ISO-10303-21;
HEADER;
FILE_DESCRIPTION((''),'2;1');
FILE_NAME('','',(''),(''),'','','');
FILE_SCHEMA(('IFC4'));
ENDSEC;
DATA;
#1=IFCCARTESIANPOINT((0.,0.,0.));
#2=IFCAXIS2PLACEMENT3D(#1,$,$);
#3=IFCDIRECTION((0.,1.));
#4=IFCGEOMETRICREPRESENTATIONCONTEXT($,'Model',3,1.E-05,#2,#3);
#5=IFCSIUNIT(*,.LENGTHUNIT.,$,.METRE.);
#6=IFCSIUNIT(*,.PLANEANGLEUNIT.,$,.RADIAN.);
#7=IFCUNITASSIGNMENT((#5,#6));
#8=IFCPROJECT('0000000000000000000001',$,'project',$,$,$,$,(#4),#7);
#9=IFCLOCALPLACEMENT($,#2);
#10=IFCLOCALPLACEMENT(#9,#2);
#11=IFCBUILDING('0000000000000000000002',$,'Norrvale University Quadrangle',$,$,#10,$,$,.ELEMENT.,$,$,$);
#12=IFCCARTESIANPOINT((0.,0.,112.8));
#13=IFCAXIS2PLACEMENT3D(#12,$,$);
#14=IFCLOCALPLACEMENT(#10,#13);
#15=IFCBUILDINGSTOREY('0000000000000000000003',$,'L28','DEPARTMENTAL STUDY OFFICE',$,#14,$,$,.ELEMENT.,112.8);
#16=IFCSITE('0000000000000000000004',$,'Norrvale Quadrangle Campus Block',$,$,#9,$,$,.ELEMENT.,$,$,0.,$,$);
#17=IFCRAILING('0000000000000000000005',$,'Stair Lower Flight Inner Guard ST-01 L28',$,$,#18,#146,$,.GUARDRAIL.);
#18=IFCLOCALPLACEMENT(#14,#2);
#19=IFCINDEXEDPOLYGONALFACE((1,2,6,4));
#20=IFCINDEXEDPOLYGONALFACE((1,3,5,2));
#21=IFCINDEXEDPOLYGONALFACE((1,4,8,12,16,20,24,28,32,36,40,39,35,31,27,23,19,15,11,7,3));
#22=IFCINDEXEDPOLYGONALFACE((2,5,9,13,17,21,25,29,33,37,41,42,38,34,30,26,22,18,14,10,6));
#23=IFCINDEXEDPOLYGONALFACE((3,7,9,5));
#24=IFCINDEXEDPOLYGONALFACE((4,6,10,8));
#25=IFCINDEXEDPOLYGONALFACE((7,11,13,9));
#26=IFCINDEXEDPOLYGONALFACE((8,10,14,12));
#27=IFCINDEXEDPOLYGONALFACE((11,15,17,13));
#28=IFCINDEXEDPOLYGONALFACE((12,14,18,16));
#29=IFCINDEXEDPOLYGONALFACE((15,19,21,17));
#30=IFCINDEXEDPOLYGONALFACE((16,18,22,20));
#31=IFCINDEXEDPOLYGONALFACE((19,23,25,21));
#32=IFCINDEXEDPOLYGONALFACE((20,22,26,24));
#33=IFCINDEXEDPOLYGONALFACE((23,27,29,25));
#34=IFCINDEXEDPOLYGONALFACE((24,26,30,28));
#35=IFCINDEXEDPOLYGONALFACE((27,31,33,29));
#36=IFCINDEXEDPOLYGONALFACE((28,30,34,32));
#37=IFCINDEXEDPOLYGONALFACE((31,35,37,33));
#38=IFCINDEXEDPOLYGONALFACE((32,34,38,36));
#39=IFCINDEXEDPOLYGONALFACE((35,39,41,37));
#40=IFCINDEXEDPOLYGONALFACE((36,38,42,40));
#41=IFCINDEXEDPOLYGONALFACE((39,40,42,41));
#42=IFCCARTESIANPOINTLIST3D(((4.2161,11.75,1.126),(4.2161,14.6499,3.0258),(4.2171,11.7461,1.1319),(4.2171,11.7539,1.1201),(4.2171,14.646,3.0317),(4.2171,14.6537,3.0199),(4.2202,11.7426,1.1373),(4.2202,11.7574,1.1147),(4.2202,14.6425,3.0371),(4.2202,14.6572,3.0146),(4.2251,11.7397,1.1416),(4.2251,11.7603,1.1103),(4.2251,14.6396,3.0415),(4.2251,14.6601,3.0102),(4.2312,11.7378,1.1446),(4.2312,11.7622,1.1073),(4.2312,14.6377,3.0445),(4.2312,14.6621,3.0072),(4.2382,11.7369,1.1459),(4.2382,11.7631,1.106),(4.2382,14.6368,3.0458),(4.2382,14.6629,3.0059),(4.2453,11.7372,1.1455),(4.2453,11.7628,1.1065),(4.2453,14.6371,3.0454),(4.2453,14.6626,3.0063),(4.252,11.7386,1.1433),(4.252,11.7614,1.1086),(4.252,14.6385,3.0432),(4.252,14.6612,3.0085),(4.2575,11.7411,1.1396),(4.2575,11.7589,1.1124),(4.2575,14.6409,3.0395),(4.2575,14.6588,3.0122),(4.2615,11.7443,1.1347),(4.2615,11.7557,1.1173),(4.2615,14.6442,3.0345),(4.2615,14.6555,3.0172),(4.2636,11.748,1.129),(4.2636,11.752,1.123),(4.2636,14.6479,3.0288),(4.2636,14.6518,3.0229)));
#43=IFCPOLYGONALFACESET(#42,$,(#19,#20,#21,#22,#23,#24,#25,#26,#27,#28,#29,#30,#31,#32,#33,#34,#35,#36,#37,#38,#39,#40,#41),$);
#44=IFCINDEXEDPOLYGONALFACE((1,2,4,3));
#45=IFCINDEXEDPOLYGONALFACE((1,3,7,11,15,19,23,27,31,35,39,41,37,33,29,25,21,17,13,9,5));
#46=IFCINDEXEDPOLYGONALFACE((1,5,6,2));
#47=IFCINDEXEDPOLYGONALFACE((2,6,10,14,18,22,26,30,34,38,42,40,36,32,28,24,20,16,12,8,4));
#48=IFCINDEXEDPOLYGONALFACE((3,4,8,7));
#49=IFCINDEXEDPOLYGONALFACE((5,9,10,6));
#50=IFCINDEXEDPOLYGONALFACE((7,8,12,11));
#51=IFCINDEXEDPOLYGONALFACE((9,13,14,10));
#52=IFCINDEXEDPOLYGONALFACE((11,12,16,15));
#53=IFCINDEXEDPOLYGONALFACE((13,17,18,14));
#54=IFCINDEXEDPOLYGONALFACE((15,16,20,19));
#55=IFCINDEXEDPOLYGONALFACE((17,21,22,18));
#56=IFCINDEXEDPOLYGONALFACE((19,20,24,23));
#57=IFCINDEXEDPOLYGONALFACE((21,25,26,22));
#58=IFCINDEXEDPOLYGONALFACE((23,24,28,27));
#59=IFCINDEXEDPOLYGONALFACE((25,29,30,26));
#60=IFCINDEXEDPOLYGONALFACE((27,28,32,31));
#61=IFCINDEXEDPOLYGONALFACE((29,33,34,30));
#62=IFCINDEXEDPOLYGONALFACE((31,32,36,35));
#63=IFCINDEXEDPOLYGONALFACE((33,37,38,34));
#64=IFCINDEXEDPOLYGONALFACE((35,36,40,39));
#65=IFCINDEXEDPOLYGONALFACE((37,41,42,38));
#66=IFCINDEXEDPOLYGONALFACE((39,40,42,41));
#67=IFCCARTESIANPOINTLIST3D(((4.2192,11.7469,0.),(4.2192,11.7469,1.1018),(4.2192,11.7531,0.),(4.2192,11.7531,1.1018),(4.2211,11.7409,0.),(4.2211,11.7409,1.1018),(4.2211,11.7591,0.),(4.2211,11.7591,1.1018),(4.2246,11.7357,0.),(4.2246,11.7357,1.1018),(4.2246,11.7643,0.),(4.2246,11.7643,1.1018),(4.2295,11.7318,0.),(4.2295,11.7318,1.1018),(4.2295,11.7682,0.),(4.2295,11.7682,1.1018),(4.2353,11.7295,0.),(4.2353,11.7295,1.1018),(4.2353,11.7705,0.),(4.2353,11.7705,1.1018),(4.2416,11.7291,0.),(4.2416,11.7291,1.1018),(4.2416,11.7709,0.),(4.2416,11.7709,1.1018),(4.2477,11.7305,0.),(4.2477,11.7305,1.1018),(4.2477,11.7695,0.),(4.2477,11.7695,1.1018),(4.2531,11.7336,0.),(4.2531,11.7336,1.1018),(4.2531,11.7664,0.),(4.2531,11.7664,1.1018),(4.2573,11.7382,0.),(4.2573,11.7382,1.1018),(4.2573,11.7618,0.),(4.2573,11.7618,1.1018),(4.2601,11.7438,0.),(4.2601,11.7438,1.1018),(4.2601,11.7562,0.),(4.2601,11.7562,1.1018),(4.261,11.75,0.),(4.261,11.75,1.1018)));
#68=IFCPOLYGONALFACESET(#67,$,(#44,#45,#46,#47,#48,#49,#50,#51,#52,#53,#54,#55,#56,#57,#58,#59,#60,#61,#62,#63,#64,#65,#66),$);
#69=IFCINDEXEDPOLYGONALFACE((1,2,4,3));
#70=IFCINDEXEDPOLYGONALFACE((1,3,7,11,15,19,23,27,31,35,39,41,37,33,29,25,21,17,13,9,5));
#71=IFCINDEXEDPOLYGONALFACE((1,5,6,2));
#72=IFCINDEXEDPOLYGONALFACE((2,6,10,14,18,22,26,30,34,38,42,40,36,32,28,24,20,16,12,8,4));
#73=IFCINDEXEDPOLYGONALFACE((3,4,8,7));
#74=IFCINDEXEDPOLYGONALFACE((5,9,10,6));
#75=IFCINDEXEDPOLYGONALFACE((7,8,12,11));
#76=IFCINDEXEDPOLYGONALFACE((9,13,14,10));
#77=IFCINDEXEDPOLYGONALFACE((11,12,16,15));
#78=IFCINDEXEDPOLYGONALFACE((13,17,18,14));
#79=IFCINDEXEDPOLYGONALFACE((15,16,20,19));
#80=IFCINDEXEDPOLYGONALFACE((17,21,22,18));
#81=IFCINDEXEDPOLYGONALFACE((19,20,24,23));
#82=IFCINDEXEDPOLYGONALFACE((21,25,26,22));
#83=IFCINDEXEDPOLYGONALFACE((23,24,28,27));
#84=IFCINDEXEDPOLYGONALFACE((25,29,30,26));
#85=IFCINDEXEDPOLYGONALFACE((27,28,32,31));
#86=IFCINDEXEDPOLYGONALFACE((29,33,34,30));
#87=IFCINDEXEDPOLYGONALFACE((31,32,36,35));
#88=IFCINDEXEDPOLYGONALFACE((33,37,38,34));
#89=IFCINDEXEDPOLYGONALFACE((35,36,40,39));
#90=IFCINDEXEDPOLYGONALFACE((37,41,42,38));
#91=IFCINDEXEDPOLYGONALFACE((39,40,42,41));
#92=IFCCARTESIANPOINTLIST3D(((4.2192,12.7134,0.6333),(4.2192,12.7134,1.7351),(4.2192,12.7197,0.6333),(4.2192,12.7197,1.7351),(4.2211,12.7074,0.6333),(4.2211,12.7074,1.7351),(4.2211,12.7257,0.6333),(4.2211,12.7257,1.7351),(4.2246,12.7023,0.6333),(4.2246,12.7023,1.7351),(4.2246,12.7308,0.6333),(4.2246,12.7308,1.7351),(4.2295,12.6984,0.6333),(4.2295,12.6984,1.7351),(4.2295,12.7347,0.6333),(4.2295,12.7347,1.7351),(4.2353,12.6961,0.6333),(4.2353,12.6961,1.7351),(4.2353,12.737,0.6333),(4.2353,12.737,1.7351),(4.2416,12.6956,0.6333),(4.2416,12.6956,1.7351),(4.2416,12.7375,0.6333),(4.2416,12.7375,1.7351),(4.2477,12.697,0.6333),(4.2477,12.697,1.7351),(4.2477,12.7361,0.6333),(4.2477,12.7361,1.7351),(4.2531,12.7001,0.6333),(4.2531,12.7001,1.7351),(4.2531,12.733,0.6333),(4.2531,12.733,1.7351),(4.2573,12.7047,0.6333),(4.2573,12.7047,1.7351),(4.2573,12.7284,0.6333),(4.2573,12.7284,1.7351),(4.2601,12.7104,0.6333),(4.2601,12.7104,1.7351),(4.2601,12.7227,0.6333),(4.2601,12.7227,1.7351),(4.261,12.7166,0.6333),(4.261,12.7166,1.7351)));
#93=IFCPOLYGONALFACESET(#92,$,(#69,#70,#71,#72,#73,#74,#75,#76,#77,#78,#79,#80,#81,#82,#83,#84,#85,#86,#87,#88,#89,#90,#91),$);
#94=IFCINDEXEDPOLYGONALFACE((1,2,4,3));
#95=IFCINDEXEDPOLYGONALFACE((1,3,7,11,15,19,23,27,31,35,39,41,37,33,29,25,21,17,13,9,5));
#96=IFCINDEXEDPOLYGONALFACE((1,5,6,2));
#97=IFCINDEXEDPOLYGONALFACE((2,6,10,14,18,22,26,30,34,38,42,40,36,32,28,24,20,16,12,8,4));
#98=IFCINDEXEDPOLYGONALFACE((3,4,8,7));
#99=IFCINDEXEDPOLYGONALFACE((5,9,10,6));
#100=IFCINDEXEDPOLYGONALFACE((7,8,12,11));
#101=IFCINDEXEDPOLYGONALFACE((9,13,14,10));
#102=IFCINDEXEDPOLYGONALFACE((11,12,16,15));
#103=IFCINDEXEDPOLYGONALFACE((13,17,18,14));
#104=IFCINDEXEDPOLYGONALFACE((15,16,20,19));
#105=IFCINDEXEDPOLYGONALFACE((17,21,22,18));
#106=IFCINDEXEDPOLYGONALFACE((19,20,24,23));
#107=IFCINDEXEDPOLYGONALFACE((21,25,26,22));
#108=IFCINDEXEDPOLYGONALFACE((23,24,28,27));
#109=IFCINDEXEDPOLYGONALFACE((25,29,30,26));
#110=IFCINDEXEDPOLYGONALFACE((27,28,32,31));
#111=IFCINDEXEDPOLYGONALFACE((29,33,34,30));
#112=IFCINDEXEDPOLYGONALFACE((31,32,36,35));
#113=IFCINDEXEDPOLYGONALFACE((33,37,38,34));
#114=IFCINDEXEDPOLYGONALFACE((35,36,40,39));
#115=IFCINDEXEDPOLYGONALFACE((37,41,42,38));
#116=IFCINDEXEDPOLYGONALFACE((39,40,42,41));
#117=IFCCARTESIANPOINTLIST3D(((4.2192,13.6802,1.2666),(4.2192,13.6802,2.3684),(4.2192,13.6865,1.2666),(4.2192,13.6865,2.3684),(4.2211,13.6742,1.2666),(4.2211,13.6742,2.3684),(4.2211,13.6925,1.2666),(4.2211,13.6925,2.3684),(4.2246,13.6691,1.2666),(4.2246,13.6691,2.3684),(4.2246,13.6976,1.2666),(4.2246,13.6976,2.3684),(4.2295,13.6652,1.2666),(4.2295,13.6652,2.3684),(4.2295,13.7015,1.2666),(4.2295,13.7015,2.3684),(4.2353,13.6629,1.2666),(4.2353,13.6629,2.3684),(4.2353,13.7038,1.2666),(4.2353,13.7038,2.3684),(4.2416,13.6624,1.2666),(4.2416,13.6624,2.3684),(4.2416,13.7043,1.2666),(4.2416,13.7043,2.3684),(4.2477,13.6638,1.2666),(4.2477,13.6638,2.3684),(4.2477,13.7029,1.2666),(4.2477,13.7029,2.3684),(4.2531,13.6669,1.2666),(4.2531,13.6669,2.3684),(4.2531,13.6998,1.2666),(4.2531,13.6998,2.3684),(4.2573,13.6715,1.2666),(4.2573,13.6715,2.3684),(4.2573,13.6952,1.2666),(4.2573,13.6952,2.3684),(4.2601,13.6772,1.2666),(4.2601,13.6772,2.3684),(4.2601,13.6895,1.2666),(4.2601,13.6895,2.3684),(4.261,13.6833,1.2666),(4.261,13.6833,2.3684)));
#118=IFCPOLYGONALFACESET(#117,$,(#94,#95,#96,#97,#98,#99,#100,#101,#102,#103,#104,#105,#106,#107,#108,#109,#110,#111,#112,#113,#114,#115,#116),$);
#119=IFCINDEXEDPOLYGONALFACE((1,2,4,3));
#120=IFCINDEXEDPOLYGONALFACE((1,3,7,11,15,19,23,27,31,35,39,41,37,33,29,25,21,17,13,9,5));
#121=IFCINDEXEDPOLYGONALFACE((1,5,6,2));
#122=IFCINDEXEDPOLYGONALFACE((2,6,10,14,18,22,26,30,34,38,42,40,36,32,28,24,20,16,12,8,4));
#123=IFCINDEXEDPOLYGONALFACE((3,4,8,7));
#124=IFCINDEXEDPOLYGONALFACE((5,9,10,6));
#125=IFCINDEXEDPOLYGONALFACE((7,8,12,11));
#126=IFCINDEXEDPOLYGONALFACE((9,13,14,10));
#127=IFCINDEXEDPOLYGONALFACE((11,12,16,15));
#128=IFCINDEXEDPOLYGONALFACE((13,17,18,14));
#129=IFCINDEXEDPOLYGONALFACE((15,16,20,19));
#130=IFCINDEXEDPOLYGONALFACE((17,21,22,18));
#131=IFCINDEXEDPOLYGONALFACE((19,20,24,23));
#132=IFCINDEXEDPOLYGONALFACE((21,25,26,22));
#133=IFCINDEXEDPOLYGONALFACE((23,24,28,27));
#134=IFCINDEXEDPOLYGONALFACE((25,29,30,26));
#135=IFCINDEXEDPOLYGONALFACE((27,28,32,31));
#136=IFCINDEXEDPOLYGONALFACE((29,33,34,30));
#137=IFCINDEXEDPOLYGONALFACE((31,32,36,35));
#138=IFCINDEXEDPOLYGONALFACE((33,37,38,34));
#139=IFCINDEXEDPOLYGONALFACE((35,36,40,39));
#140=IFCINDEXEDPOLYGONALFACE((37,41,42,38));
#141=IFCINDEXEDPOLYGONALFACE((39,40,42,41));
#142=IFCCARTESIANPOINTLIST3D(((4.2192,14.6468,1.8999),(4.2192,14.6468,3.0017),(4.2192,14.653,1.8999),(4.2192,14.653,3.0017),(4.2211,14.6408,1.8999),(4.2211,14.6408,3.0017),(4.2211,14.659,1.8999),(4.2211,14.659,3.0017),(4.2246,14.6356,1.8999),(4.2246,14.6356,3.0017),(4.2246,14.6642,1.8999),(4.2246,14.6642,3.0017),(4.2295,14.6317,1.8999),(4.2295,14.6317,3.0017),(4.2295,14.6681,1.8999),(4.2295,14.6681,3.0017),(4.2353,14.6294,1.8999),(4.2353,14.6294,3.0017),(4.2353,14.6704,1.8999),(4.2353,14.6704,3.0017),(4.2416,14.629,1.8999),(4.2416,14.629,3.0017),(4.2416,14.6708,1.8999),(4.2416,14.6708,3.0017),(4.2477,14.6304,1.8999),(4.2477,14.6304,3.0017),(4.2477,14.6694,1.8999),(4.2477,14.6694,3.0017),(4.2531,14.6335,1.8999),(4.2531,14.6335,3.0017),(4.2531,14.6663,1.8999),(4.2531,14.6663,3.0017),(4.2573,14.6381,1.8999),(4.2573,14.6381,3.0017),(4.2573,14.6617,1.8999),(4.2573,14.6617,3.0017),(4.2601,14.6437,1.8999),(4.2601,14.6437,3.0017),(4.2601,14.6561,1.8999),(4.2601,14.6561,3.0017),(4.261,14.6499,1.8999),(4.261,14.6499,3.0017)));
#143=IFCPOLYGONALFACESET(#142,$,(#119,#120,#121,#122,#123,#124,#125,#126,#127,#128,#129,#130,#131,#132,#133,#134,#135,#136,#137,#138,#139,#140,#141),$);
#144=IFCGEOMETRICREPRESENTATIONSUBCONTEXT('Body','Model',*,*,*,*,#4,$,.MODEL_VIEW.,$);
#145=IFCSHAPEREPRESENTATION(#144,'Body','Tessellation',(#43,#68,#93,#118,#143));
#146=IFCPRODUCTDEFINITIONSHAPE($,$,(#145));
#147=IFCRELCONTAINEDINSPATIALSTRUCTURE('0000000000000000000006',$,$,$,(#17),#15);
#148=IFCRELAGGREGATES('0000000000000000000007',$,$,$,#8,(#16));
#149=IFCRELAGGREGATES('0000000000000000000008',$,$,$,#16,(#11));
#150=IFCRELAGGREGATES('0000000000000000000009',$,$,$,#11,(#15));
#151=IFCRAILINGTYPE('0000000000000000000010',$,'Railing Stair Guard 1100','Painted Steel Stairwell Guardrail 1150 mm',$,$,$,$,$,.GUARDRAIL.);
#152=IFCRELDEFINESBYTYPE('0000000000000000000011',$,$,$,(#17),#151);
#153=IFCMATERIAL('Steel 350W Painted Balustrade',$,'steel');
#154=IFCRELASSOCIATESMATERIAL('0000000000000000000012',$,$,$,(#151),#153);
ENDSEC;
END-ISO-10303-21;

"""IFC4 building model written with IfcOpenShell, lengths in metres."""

from ifc_helpers import new_model, si_unit, direction, frame, origin, origin_2d, place, context, subcontext, project, spatial, circle, extrude, material, type_object, element, save


model = new_model("IFC4")

# Units and contexts
model_context = context("Model", 3, precision=1e-05, world=origin(), true_north=direction((0.0, 1.0)))
body_context = subcontext(model_context, "Body", "Model", "MODEL_VIEW")
ifc_project = project(units=[si_unit("LENGTHUNIT", "METRE"), si_unit("PLANEANGLEUNIT", "RADIAN")], contexts=[model_context])

# Site, building, storey
site_placement = place(None, origin())
site = spatial("IfcSite", under=ifc_project, at=site_placement, Name="Norrvale Quadrangle Campus Block", CompositionType="ELEMENT", RefElevation=0.0)
building_placement = place(site_placement, origin())
building = spatial("IfcBuilding", under=site, at=building_placement, Name="Norrvale University Quadrangle", CompositionType="ELEMENT")
storey_placement = place(building_placement, frame((0.0, 0.0, 112.8)))
storey = spatial("IfcBuildingStorey", under=building, at=storey_placement, Name="L28", Description="DEPARTMENTAL STUDY OFFICE", CompositionType="ELEMENT", Elevation=112.8)

# Railing
ifc_material_1 = material(Name="Steel 350W Painted Balustrade", Category="steel")
railing_type_1 = type_object("IfcRailingType", Name="Railing Stair Guard 1100", Description="Painted Steel Stairwell Guardrail 1150 mm", PredefinedType="GUARDRAIL", material=ifc_material_1)
railing_1_placement = place(storey_placement, frame((4.24, 11.75, 0.0)))
element("IfcRailing", 1, at=railing_1_placement, inside=storey, type_object=railing_type_1, Name="Stair Lower Flight Inner Guard ST-01 L28", PredefinedType="GUARDRAIL", context=body_context, shape_type="SweptSolid", body=[
    extrude(circle(Radius=0.0239, at=origin_2d()), frame((0.0, 0.0, 1.126), z_axis=(0.0, 0.836466, 0.548019), x_axis=(-1.0, 0.0, 0.0)), (0.0, 0.0, 1.0), 3.4668),
    extrude(circle(Radius=0.021, at=origin_2d()), origin(), (0.0, 0.0, 1.0), 1.1018),
    extrude(circle(Radius=0.021, at=origin_2d()), frame((0.0, 0.9666, 0.6333)), (0.0, 0.0, 1.0), 1.1018),
    extrude(circle(Radius=0.021, at=origin_2d()), frame((0.0, 1.9333, 1.2666)), (0.0, 0.0, 1.0), 1.1018),
    extrude(circle(Radius=0.021, at=origin_2d()), frame((0.0, 2.8999, 1.8999)), (0.0, 0.0, 1.0), 1.1018),
])

save(model, "model.ifc")
